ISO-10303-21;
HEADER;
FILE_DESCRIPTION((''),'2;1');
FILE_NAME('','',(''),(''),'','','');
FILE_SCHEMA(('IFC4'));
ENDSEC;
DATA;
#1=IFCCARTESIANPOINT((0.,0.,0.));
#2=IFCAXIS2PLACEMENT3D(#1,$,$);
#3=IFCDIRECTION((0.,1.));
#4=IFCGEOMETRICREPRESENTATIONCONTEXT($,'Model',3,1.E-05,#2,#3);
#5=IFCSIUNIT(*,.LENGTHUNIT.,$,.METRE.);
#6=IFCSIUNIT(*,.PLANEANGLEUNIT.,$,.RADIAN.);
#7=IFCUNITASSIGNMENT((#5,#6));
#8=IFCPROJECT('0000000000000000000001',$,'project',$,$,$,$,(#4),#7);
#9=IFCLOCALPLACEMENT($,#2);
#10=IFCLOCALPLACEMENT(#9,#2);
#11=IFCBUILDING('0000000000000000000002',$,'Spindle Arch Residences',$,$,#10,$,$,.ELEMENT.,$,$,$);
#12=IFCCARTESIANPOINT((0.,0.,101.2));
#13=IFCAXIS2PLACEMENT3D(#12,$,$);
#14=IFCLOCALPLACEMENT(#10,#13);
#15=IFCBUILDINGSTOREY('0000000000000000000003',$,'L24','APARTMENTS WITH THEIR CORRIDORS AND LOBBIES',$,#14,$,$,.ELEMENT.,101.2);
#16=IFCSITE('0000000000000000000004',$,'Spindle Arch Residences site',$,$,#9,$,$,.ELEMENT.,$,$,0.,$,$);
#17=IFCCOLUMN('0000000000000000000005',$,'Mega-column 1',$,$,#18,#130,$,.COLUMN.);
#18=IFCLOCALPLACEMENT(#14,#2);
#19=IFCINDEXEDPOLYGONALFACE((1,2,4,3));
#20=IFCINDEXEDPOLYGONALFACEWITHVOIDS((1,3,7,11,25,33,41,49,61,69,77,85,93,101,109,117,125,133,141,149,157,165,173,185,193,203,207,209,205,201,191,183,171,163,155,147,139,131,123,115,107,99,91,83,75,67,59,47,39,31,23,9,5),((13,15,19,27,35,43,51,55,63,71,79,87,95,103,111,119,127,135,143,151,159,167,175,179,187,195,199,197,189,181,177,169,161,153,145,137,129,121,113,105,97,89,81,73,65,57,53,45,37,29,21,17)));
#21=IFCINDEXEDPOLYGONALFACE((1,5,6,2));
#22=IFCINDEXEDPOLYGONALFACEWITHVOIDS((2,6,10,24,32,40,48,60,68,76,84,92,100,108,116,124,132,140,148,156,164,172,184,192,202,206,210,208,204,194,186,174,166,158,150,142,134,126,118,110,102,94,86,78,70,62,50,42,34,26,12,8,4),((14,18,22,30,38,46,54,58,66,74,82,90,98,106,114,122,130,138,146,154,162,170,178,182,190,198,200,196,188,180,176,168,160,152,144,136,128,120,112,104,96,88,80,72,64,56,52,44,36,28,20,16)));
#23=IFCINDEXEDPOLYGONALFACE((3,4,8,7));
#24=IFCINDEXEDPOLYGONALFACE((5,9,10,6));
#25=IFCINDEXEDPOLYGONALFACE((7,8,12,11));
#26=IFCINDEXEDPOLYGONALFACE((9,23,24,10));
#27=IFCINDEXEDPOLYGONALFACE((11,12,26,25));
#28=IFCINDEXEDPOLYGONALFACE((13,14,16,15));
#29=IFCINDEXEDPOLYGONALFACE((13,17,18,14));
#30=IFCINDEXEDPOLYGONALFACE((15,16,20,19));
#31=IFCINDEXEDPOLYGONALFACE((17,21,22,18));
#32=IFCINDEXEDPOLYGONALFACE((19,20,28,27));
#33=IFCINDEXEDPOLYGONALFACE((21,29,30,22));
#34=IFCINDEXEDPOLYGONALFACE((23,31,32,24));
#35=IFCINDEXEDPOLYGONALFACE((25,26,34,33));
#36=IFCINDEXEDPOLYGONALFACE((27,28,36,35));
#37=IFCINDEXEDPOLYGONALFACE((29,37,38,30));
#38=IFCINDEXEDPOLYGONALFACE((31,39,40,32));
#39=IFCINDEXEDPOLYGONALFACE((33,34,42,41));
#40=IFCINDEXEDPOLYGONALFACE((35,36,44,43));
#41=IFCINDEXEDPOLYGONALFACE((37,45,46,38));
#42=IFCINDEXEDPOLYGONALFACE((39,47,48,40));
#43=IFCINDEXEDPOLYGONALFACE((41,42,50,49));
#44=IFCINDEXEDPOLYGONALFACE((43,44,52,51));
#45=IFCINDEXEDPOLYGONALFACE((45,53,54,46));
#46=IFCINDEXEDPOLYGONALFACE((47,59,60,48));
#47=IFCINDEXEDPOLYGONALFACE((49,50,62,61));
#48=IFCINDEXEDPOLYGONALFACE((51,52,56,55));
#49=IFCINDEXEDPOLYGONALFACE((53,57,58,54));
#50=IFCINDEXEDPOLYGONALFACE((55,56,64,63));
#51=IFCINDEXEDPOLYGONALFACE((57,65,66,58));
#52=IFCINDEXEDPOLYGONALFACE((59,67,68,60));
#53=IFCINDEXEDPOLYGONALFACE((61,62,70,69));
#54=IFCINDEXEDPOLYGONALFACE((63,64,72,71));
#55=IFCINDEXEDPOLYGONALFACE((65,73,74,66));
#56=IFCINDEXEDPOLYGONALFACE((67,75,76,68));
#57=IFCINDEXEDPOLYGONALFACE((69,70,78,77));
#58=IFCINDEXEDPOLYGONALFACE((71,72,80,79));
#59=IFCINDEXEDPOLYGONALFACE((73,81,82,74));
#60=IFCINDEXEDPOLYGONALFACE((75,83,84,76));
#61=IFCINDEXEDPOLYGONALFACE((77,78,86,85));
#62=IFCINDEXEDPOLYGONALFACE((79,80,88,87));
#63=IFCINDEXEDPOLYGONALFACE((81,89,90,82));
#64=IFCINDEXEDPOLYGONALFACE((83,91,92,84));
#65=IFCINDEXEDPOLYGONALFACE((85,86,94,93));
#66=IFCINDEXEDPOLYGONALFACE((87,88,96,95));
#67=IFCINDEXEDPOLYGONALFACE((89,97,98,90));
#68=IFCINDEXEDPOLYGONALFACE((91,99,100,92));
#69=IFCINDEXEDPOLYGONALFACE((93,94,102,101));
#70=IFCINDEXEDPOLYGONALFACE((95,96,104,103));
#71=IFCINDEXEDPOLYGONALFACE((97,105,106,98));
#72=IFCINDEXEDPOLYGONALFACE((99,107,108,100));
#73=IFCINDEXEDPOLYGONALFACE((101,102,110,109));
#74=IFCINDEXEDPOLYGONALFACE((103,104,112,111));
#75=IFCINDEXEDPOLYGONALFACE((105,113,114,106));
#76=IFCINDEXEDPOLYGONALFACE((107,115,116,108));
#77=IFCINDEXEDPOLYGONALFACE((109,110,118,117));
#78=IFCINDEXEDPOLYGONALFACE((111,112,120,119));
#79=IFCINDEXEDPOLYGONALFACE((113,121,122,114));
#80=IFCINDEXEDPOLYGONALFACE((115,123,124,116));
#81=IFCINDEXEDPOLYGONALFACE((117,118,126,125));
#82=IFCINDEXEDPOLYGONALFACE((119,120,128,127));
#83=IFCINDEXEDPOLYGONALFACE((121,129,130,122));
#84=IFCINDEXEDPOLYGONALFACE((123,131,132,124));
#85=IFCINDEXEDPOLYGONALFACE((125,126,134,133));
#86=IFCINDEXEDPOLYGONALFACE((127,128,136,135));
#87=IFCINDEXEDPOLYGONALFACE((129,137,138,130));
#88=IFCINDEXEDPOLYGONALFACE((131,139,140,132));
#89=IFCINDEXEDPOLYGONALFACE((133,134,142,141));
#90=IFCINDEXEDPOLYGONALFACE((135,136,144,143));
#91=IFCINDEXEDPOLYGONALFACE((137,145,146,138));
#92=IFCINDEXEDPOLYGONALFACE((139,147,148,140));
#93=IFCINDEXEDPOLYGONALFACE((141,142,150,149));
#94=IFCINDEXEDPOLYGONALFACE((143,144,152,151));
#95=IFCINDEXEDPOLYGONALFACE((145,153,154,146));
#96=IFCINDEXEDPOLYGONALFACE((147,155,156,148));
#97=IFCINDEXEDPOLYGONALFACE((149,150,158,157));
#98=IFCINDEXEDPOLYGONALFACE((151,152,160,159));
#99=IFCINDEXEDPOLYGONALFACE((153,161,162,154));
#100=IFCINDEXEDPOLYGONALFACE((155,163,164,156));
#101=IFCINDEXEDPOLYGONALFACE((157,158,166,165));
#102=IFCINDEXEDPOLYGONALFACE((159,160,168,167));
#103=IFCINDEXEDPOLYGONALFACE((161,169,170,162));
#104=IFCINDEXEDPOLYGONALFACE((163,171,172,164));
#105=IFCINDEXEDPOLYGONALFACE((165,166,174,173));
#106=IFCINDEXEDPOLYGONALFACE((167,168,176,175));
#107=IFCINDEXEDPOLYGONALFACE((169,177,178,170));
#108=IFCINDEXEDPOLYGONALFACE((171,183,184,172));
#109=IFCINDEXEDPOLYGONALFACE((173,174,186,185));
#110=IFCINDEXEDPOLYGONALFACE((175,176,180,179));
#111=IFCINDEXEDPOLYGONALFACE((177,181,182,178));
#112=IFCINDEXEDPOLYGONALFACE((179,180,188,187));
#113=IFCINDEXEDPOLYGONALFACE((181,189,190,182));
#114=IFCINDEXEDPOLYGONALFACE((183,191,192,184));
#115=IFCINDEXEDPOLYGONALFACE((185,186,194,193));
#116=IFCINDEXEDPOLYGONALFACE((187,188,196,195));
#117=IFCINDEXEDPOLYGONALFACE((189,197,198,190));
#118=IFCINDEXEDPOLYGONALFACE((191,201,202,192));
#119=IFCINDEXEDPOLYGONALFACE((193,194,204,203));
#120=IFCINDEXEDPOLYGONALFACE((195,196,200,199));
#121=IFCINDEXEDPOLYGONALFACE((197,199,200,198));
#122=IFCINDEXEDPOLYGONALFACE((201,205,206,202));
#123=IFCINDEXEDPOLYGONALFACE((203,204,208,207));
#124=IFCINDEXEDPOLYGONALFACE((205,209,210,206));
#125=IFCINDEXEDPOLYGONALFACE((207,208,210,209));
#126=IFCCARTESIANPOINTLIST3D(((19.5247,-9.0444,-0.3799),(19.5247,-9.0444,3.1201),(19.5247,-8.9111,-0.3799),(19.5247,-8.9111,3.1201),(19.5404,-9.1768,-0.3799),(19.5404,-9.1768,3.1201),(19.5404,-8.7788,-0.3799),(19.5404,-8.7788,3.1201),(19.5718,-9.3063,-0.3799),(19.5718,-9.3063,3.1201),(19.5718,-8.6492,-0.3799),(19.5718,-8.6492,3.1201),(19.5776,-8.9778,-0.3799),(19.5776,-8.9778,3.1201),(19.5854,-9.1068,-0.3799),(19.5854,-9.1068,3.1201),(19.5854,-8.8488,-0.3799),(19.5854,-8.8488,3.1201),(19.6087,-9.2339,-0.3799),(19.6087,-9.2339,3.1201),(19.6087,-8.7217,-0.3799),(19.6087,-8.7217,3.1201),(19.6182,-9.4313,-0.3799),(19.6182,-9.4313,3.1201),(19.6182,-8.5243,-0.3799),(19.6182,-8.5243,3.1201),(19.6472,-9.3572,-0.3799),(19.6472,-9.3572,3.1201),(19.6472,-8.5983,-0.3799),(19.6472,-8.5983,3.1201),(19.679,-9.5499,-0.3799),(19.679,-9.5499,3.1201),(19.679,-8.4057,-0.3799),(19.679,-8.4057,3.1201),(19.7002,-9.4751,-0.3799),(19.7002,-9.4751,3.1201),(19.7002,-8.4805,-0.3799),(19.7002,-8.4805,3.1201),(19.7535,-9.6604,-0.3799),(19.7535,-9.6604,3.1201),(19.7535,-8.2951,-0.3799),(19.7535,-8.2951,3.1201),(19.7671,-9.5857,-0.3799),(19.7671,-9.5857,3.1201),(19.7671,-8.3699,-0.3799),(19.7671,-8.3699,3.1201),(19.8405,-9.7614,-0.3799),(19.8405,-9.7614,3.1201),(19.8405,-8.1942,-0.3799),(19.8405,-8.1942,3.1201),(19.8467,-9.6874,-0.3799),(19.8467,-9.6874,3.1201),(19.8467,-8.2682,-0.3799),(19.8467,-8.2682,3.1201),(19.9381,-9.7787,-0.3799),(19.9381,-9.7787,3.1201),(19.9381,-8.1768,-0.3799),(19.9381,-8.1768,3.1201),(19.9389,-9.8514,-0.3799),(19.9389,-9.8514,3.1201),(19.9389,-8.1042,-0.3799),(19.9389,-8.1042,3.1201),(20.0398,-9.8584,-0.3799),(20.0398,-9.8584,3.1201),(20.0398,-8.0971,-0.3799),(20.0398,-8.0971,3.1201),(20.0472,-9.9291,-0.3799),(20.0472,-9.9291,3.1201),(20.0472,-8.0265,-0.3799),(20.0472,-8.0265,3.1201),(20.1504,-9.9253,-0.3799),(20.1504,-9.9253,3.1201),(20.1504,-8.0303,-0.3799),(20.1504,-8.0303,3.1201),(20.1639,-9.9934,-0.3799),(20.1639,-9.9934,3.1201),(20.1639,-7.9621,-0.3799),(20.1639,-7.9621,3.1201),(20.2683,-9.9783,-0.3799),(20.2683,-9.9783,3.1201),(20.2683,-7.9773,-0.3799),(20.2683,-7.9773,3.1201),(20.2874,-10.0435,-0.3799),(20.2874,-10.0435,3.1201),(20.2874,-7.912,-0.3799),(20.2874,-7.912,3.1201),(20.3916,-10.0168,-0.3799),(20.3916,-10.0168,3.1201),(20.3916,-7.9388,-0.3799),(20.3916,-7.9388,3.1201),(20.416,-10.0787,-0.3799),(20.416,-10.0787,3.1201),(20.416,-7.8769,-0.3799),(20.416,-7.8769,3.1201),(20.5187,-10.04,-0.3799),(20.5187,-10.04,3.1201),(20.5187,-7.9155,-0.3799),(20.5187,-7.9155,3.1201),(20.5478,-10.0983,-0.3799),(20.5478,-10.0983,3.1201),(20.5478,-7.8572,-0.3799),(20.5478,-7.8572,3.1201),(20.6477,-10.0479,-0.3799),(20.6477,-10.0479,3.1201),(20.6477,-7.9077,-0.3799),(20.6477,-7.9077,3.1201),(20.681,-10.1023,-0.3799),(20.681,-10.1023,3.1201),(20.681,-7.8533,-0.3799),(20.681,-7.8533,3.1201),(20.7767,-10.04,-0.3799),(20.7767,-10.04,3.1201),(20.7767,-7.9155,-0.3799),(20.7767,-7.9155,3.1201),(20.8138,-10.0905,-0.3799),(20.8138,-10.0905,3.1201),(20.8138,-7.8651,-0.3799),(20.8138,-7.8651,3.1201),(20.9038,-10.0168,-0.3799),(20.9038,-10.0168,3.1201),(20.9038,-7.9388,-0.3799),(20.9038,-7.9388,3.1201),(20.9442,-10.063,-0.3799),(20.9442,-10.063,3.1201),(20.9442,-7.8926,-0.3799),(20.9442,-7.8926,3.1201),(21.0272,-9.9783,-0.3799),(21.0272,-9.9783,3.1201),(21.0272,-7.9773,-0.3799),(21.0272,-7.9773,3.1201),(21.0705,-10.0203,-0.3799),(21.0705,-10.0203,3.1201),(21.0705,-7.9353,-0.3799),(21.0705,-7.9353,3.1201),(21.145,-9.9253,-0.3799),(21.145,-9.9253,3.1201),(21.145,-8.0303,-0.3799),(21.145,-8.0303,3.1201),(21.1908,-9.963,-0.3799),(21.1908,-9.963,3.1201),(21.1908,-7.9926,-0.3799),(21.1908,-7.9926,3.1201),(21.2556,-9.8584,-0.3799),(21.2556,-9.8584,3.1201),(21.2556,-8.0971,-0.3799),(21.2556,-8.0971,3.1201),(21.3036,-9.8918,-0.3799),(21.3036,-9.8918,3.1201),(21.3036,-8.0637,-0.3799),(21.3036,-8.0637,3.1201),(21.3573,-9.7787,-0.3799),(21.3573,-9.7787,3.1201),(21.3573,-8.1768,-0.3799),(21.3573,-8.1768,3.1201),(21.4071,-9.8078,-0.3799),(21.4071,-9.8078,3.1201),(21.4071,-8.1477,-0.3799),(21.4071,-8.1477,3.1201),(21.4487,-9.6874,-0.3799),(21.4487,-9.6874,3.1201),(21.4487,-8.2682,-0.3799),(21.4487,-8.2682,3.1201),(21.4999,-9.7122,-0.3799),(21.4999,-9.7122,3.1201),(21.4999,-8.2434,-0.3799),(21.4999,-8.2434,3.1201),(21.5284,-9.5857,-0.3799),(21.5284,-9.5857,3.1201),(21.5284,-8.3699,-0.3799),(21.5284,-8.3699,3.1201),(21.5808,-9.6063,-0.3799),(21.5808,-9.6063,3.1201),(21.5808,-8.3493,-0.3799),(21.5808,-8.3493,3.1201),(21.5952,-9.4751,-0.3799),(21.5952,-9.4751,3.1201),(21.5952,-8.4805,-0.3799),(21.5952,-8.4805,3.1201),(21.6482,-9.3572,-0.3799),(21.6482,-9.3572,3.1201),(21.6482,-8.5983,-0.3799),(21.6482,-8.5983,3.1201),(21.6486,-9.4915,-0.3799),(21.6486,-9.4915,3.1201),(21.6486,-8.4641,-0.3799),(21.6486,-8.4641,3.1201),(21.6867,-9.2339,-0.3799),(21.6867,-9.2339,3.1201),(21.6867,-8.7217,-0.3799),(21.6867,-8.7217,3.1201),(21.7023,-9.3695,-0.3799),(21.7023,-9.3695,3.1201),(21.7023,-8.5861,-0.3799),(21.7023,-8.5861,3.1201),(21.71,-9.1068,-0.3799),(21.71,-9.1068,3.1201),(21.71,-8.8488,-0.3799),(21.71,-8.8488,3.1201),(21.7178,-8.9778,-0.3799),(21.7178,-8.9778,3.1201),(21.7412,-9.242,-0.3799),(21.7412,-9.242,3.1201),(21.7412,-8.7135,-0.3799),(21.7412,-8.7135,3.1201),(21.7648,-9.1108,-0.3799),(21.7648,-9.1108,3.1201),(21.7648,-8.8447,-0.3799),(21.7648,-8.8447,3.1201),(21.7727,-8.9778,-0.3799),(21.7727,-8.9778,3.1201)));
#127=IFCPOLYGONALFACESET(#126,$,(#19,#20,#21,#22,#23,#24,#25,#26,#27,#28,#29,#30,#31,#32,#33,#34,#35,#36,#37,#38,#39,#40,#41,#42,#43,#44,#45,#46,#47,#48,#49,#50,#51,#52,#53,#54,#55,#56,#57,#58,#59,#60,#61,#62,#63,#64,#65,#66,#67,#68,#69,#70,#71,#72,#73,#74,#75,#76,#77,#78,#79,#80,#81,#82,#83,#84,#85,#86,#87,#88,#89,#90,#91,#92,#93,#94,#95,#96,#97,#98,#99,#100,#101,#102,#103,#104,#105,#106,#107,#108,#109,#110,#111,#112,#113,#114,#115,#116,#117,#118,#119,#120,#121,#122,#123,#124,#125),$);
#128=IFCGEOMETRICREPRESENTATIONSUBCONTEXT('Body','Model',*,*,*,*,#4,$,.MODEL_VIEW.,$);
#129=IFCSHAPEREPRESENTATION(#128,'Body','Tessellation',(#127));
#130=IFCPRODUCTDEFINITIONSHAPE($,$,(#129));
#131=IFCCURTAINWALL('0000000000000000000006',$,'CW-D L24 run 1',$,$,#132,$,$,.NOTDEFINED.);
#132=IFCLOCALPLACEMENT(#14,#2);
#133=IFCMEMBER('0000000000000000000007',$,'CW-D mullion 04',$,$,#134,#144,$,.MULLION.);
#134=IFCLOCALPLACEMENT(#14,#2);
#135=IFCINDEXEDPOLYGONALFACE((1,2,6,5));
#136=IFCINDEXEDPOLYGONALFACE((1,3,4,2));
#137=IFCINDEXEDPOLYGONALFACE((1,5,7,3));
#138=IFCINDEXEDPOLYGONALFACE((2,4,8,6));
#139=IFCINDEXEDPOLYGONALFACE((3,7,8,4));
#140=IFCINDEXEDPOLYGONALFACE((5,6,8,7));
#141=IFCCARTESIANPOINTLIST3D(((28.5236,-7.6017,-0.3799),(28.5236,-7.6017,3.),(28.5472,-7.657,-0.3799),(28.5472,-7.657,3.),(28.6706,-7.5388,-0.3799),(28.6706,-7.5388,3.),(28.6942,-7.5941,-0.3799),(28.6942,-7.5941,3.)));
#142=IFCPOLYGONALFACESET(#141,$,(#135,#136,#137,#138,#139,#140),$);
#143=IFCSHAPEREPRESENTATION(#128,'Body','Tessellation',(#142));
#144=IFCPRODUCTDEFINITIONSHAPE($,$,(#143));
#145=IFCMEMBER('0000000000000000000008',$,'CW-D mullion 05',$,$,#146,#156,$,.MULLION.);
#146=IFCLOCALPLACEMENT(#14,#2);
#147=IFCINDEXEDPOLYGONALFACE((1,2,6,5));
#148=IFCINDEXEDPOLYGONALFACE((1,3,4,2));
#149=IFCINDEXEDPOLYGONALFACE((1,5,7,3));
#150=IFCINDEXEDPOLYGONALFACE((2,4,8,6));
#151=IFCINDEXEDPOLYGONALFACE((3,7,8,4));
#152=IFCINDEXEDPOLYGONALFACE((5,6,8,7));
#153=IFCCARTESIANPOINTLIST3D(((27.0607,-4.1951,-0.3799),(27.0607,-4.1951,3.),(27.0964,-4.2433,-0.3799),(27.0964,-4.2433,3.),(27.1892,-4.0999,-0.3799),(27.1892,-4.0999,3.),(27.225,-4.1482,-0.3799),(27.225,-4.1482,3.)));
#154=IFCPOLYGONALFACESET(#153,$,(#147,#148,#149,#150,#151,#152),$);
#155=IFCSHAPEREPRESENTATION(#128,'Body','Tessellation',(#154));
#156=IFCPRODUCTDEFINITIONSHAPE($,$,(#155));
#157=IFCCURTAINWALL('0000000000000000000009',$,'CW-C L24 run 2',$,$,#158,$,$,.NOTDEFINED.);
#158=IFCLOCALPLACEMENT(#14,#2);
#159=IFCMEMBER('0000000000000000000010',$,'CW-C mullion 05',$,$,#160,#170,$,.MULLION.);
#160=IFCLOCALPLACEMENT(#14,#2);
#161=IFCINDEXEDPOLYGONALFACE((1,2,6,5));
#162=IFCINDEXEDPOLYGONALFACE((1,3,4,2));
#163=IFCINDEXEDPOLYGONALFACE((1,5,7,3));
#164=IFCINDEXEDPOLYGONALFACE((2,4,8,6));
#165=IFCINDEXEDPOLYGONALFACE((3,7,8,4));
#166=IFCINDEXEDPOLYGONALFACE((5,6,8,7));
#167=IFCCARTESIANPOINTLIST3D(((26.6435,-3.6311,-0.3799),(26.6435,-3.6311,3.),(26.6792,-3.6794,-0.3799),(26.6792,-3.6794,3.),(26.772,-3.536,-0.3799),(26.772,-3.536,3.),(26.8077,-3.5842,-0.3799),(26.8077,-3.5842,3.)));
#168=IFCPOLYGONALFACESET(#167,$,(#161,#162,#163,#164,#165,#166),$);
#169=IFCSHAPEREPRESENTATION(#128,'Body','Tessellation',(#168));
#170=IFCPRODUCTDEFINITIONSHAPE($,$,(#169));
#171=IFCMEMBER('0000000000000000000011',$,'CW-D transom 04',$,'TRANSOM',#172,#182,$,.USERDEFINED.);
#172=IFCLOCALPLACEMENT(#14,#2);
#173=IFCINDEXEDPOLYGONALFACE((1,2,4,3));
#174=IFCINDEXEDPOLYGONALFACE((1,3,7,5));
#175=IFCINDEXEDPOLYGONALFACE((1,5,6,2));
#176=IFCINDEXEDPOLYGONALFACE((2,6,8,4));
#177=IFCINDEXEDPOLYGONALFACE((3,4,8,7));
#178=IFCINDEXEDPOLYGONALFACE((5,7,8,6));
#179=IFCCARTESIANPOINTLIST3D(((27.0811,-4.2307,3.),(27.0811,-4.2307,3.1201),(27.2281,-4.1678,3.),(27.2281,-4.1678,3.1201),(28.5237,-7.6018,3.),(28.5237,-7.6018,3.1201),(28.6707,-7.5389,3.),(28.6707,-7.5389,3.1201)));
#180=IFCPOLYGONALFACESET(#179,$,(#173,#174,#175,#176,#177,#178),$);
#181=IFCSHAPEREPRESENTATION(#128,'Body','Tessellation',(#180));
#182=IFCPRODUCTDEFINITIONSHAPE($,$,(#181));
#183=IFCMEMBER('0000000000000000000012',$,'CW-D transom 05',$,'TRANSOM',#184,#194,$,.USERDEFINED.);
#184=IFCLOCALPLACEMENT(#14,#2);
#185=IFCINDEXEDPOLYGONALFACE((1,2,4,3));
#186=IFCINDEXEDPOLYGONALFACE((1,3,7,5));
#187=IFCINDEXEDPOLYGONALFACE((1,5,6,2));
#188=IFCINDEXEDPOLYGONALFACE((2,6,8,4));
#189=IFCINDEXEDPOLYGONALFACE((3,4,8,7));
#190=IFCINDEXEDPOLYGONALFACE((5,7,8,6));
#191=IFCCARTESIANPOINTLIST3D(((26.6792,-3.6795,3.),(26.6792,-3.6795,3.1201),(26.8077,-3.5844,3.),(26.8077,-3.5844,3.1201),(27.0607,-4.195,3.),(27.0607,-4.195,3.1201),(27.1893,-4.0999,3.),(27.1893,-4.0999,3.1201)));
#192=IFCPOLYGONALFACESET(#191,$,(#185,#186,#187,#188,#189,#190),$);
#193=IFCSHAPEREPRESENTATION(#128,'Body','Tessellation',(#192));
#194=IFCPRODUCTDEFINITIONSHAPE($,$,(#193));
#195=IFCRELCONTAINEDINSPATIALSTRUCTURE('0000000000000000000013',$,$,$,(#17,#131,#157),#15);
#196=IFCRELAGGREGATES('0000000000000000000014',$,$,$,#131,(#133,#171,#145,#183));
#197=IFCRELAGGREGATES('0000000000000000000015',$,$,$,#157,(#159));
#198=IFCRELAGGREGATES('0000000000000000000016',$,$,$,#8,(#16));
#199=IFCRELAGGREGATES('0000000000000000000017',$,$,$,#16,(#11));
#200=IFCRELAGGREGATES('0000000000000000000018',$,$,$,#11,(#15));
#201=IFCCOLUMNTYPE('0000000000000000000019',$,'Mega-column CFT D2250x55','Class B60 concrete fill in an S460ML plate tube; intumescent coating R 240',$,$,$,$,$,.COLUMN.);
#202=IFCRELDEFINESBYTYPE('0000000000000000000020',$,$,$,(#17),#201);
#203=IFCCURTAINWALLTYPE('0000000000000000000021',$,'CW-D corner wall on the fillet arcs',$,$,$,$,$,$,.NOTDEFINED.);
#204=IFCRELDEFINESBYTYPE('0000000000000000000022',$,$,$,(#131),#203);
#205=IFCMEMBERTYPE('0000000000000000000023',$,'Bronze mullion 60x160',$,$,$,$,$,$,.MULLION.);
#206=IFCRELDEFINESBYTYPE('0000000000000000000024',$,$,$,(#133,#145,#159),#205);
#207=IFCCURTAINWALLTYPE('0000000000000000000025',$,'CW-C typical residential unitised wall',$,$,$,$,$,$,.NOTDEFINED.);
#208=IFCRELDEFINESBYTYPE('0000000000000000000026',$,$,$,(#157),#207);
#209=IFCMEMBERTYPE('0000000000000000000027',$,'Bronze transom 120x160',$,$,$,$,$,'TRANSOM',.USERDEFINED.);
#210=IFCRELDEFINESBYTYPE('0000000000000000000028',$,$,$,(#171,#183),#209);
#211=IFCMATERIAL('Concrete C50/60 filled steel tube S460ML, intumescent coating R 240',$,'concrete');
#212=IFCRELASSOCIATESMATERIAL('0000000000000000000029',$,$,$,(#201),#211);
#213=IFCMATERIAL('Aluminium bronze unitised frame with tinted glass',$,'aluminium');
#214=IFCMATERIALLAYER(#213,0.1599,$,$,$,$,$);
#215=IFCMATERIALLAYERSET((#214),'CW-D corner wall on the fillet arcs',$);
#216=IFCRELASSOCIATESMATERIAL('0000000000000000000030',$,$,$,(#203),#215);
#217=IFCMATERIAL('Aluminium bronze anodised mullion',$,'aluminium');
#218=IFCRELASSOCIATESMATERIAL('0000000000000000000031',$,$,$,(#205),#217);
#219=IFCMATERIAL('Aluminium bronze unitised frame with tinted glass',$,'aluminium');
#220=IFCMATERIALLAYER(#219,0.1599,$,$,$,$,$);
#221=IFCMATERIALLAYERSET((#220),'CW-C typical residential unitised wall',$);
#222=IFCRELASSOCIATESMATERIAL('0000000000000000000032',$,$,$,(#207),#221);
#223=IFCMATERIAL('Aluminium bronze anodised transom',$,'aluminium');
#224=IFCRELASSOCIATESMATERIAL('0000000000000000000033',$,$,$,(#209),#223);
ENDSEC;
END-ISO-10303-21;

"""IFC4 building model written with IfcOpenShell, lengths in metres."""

from ifc_helpers import new_model, si_unit, direction, frame, origin, origin_2d, place, context, subcontext, project, spatial, rectangle, hollow_circle, extrude, material, layer, layer_set, material_profile, profile_set, type_object, element, aggregate, save


model = new_model("IFC4")

# Units and contexts
model_context = context("Model", 3, precision=1e-05, world=origin(), true_north=direction((0.0, 1.0)))
body_context = subcontext(model_context, "Body", "Model", "MODEL_VIEW")
ifc_project = project(units=[si_unit("LENGTHUNIT", "METRE"), si_unit("PLANEANGLEUNIT", "RADIAN")], contexts=[model_context])

# Site, building, storey
site_placement = place(None, origin())
site = spatial("IfcSite", under=ifc_project, at=site_placement, Name="Spindle Arch Residences site", CompositionType="ELEMENT", RefElevation=0.0)
building_placement = place(site_placement, origin())
building = spatial("IfcBuilding", under=site, at=building_placement, Name="Spindle Arch Residences", CompositionType="ELEMENT")
storey_placement = place(building_placement, frame((0.0, 0.0, 101.2)))
storey = spatial("IfcBuildingStorey", under=building, at=storey_placement, Name="L24", Description="APARTMENTS WITH THEIR CORRIDORS AND LOBBIES", CompositionType="ELEMENT", Elevation=101.2)

# Column
ifc_material_1 = material(Name="Concrete C50/60 filled steel tube S460ML, intumescent coating R 240", Category="concrete")
ifc_material_profile_1 = material_profile(ifc_material_1, hollow_circle(Radius=1.125, WallThickness=0.0549, at=origin_2d()), Name="CFT D2250x55")
ifc_profile_set_1 = profile_set([ifc_material_profile_1], Name="Concrete C50/60 filled steel tube S460ML, intumescent coating R 240")
column_type_1 = type_object("IfcColumnType", Name="Mega-column CFT D2250x55", Description="Class B60 concrete fill in an S460ML plate tube; intumescent coating R 240", PredefinedType="COLUMN", material=ifc_profile_set_1)
column_placement = place(storey_placement, frame((20.6477, -8.9778, -0.3799), z_axis=(0.0, 0.0, 1.0), x_axis=(1.0, 0.0, 0.0)))
element("IfcColumn", 1, at=column_placement, inside=storey, type_object=column_type_1, Name="Mega-column 1", PredefinedType="COLUMN", context=body_context, shape_type="SweptSolid", body=[
    extrude(hollow_circle(Radius=1.125, WallThickness=0.0549, at=origin_2d()), origin(), (0.0, 0.0, 1.0), 3.5),
])

# Curtain wall, members
ifc_material_2 = material(Name="Aluminium bronze unitised frame with tinted glass", Category="aluminium")
ifc_layer_1 = layer(ifc_material_2, 0.1599)
ifc_layer_set_1 = layer_set([ifc_layer_1], Name="CW-D corner wall on the fillet arcs")
curtain_wall_type_1 = type_object("IfcCurtainWallType", Name="CW-D corner wall on the fillet arcs", PredefinedType="NOTDEFINED", material=ifc_layer_set_1)
curtain_wall_1_placement = place(storey_placement, origin())
curtain_wall_1 = element("IfcCurtainWall", 2, at=curtain_wall_1_placement, inside=storey, type_object=curtain_wall_type_1, Name="CW-D L24 run 1", PredefinedType="NOTDEFINED")
ifc_material_3 = material(Name="Aluminium bronze anodised mullion", Category="aluminium")
ifc_material_profile_2 = material_profile(ifc_material_3, rectangle(XDim=0.1599, YDim=0.0601, at=origin_2d()), Name="MU 60x160")
ifc_profile_set_2 = profile_set([ifc_material_profile_2], Name="Aluminium bronze anodised mullion")
member_type_1 = type_object("IfcMemberType", Name="Bronze mullion 60x160", PredefinedType="MULLION", material=ifc_profile_set_2)
member_1_placement = place(storey_placement, frame((28.6089, -7.5979, -0.3799), z_axis=(0.0, 0.0, 1.0), x_axis=(-0.919364, -0.393407, 0.0)))
member_1 = element("IfcMember", 3, at=member_1_placement, type_object=member_type_1, Name="CW-D mullion 04", PredefinedType="MULLION", context=body_context, shape_type="SweptSolid", body=[
    extrude(rectangle(XDim=0.1599, YDim=0.0601, at=origin_2d()), origin(), (0.0, 0.0, 1.0), 3.3799),
])
member_2_placement = place(storey_placement, frame((27.1428, -4.1716, -0.3799), z_axis=(0.0, 0.0, 1.0), x_axis=(-0.803857, -0.594823, 0.0)))
member_2 = element("IfcMember", 4, at=member_2_placement, type_object=member_type_1, Name="CW-D mullion 05", PredefinedType="MULLION", context=body_context, shape_type="SweptSolid", body=[
    extrude(rectangle(XDim=0.1599, YDim=0.0601, at=origin_2d()), origin(), (0.0, 0.0, 1.0), 3.3799),
])

# Curtain wall, member
ifc_material_4 = material(Name="Aluminium bronze unitised frame with tinted glass", Category="aluminium")
ifc_layer_2 = layer(ifc_material_4, 0.1599)
ifc_layer_set_2 = layer_set([ifc_layer_2], Name="CW-C typical residential unitised wall")
curtain_wall_type_2 = type_object("IfcCurtainWallType", Name="CW-C typical residential unitised wall", PredefinedType="NOTDEFINED", material=ifc_layer_set_2)
curtain_wall_2_placement = place(storey_placement, origin())
curtain_wall_2 = element("IfcCurtainWall", 5, at=curtain_wall_2_placement, inside=storey, type_object=curtain_wall_type_2, Name="CW-C L24 run 2", PredefinedType="NOTDEFINED")
member_3_placement = place(storey_placement, frame((26.7256, -3.6077, -0.3799), z_axis=(0.0, 0.0, 1.0), x_axis=(-0.803857, -0.594823, 0.0)))
member_3 = element("IfcMember", 6, at=member_3_placement, type_object=member_type_1, Name="CW-C mullion 05", PredefinedType="MULLION", context=body_context, shape_type="SweptSolid", body=[
    extrude(rectangle(XDim=0.1599, YDim=0.0601, at=origin_2d()), origin(), (0.0, 0.0, 1.0), 3.3799),
])

# Members
ifc_material_5 = material(Name="Aluminium bronze anodised transom", Category="aluminium")
ifc_material_profile_3 = material_profile(ifc_material_5, rectangle(XDim=0.1599, YDim=0.1201, at=origin_2d()), Name="TR 120x160")
ifc_profile_set_3 = profile_set([ifc_material_profile_3], Name="Aluminium bronze anodised transom")
member_type_2 = type_object("IfcMemberType", Name="Bronze transom 120x160", ElementType="TRANSOM", PredefinedType="USERDEFINED", material=ifc_profile_set_3)
member_4_placement = place(storey_placement, frame((28.5972, -7.5703, 3.0601), z_axis=(-0.393429, 0.919355, 0.0), x_axis=(-0.919355, -0.393429, 0.0)))
member_4 = element("IfcMember", 7, at=member_4_placement, type_object=member_type_2, Name="CW-D transom 04", ObjectType="TRANSOM", PredefinedType="USERDEFINED", context=body_context, shape_type="SweptSolid", body=[
    extrude(rectangle(XDim=0.1599, YDim=0.1201, at=origin_2d()), origin(), (0.0, 0.0, 1.0), 3.6667),
])
member_5_placement = place(storey_placement, frame((27.125, -4.1475, 3.0601), z_axis=(-0.594873, 0.80382, 0.0), x_axis=(-0.80382, -0.594873, 0.0)))
member_5 = element("IfcMember", 8, at=member_5_placement, type_object=member_type_2, Name="CW-D transom 05", ObjectType="TRANSOM", PredefinedType="USERDEFINED", context=body_context, shape_type="SweptSolid", body=[
    extrude(rectangle(XDim=0.1599, YDim=0.1201, at=origin_2d()), origin(), (0.0, 0.0, 1.0), 0.6414),
])

aggregate(curtain_wall_1, [member_1, member_4, member_2, member_5])
aggregate(curtain_wall_2, [member_3])

save(model, "model.ifc")
